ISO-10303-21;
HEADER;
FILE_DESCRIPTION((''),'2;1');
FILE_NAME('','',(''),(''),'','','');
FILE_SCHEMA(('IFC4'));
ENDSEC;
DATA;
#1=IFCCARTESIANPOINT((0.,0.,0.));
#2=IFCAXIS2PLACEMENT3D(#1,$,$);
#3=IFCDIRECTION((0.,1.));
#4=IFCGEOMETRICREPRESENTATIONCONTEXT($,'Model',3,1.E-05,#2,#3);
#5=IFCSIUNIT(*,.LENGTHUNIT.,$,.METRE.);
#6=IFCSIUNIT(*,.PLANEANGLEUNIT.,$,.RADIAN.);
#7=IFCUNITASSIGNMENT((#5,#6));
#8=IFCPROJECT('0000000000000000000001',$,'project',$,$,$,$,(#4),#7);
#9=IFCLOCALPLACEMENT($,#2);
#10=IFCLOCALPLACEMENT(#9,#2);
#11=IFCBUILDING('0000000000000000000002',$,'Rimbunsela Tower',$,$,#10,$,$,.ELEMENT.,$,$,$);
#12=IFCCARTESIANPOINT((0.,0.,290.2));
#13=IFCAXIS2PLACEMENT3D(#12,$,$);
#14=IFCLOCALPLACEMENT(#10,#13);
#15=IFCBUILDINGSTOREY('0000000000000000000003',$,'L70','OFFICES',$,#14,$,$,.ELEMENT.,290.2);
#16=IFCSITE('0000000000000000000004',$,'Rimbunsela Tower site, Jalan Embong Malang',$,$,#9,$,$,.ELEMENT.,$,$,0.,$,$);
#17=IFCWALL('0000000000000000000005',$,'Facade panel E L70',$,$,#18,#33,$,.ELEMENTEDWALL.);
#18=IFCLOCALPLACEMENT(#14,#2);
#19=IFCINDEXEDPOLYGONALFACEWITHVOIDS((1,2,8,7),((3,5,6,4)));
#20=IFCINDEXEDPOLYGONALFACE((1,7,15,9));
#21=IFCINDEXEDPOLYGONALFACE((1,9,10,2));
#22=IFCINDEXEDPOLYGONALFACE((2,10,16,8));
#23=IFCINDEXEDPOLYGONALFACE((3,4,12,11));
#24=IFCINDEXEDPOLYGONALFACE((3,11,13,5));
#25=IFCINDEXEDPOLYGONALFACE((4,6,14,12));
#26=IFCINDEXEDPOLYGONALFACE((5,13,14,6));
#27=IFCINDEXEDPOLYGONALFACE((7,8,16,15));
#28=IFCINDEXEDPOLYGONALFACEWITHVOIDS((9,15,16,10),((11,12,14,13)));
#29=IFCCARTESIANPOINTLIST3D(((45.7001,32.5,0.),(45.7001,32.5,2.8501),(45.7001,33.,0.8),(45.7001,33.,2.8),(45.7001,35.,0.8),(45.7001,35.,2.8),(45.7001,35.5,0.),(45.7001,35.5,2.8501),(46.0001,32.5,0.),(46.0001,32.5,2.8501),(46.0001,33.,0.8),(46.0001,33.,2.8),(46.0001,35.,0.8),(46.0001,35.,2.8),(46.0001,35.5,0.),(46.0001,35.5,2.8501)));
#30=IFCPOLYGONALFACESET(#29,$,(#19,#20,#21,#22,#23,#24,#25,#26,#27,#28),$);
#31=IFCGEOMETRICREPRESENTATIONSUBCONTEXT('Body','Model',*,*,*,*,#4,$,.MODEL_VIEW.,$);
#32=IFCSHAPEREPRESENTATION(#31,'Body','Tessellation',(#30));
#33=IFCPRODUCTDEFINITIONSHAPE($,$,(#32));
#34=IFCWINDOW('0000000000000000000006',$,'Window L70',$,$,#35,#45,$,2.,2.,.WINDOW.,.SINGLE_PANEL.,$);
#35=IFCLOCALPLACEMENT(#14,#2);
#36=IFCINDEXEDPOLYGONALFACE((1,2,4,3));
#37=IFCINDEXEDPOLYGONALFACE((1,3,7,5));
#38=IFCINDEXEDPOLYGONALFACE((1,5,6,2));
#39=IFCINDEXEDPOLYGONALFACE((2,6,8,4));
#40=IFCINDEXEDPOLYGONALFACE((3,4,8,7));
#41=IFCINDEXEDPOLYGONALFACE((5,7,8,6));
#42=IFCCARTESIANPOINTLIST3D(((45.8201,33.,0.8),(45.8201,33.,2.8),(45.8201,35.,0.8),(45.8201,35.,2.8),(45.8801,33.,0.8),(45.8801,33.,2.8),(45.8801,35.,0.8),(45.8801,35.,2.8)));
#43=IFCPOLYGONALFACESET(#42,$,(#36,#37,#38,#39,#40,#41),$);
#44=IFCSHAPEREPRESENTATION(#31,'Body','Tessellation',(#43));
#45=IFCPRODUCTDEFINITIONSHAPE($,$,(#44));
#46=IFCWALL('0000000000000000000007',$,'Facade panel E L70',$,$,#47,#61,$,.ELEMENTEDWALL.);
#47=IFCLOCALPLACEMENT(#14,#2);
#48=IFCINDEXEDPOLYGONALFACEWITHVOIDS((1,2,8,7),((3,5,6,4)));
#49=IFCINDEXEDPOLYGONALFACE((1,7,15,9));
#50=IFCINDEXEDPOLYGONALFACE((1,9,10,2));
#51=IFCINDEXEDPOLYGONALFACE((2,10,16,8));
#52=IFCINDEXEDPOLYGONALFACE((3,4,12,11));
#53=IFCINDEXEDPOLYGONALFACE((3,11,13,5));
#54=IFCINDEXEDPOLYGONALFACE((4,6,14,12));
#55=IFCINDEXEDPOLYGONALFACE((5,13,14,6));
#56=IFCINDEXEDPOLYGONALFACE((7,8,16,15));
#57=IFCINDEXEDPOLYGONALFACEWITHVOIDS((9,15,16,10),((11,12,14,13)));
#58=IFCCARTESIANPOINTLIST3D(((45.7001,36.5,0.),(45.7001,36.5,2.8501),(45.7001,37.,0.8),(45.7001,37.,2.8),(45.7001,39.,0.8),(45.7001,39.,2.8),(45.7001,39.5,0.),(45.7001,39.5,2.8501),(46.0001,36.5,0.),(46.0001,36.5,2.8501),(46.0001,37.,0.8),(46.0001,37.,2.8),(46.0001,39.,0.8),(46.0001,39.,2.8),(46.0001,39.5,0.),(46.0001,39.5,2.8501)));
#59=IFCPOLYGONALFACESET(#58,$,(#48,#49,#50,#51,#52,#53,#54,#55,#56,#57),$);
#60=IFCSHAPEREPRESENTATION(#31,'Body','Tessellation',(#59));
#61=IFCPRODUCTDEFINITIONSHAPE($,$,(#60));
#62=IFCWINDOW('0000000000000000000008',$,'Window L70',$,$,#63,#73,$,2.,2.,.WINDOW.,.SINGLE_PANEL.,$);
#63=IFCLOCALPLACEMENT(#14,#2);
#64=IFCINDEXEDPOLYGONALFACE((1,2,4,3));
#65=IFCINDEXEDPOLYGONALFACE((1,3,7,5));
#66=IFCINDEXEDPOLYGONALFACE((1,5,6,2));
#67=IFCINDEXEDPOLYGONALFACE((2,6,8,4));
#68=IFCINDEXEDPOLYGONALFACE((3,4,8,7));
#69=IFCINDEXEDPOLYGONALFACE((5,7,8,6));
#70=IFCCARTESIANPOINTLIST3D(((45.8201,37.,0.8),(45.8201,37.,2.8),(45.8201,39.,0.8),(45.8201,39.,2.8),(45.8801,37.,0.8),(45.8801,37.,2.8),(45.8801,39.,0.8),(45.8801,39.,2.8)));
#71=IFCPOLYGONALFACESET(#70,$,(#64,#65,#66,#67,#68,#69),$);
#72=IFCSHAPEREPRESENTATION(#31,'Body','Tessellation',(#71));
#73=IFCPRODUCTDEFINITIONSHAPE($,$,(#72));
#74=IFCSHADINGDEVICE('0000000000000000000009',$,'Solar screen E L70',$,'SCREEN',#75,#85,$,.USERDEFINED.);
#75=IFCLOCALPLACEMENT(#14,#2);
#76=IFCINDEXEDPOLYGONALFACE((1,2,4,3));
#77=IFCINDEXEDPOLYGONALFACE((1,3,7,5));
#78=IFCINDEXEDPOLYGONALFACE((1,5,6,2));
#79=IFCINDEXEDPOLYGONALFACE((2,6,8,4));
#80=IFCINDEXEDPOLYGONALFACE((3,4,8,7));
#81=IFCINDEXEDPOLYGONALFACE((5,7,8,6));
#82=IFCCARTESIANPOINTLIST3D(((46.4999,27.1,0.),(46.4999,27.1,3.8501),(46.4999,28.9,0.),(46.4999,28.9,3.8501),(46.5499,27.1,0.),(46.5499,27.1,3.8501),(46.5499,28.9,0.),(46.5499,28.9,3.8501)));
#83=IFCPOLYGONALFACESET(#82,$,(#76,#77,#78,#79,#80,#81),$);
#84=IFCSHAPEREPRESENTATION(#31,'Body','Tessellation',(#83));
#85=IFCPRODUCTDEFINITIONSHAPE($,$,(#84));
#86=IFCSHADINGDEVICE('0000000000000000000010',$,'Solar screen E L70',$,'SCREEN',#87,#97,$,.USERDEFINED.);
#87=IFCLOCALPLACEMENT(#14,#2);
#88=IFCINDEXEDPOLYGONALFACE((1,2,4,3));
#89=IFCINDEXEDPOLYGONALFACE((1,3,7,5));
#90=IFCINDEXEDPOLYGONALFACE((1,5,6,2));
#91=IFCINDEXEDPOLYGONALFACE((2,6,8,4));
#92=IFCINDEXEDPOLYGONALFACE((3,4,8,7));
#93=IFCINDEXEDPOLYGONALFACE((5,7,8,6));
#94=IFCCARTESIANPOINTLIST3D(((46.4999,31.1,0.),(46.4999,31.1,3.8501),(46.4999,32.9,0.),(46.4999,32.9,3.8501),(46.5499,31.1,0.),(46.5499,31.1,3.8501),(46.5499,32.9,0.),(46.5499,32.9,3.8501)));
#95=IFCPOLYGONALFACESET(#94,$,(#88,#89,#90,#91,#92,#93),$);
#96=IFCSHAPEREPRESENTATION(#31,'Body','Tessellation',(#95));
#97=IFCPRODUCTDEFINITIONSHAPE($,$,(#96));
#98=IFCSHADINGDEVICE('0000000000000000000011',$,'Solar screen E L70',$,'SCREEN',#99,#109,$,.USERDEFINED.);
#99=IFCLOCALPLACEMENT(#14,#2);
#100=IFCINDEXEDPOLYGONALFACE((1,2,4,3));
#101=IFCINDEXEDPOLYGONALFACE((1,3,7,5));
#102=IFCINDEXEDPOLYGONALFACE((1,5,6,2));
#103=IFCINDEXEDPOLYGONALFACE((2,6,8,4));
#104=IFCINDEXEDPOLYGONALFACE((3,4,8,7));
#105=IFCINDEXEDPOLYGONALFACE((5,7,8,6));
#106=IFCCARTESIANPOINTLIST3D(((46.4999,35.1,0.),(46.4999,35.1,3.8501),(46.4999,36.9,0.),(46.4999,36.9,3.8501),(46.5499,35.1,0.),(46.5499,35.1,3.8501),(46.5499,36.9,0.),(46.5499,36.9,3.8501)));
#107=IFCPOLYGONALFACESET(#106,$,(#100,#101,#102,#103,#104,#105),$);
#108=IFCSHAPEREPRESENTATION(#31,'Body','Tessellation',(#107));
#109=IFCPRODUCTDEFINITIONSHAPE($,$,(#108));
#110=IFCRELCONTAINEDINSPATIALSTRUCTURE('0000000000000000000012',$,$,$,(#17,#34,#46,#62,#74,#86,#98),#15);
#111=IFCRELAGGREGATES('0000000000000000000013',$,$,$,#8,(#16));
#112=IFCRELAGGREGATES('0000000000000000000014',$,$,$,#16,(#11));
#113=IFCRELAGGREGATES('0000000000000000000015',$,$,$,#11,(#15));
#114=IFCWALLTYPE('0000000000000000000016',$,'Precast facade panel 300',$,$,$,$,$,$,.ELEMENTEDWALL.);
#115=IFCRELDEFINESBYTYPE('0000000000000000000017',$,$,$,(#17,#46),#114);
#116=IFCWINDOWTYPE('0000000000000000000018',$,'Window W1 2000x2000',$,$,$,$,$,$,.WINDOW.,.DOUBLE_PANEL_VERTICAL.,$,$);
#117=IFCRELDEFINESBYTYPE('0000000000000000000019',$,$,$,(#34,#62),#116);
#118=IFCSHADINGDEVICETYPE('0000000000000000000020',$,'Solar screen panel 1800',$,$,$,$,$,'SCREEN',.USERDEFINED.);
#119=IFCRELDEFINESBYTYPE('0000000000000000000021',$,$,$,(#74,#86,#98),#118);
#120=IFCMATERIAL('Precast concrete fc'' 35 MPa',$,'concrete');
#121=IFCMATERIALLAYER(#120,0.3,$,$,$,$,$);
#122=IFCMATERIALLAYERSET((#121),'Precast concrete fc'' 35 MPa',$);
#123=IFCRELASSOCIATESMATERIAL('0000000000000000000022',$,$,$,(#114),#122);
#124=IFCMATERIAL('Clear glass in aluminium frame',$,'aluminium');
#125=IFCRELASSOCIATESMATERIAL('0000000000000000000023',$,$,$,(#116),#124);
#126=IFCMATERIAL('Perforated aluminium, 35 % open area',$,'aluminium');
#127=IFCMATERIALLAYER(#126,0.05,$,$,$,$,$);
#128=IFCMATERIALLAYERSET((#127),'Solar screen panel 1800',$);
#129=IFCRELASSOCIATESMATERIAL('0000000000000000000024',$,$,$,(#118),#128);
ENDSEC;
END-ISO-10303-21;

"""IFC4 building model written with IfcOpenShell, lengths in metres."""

from ifc_helpers import new_model, si_unit, direction, frame, frame_2d, origin, origin_2d, place, context, subcontext, project, spatial, rectangle, extrude, material, layer, layer_set, type_object, element, fill, save


model = new_model("IFC4")

# Units and contexts
model_context = context("Model", 3, precision=1e-05, world=origin(), true_north=direction((0.0, 1.0)))
body_context = subcontext(model_context, "Body", "Model", "MODEL_VIEW")
ifc_project = project(units=[si_unit("LENGTHUNIT", "METRE"), si_unit("PLANEANGLEUNIT", "RADIAN")], contexts=[model_context])

# Site, building, storey
site_placement = place(None, origin())
site = spatial("IfcSite", under=ifc_project, at=site_placement, Name="Rimbunsela Tower site, Jalan Embong Malang", CompositionType="ELEMENT", RefElevation=0.0)
building_placement = place(site_placement, origin())
building = spatial("IfcBuilding", under=site, at=building_placement, Name="Rimbunsela Tower", CompositionType="ELEMENT")
storey_placement = place(building_placement, frame((0.0, 0.0, 290.2)))
storey = spatial("IfcBuildingStorey", under=building, at=storey_placement, Name="L70", Description="OFFICES", CompositionType="ELEMENT", Elevation=290.2)

# Walls, openings, windows
ifc_material_1 = material(Name="Precast concrete fc' 35 MPa", Category="concrete")
ifc_layer_1 = layer(ifc_material_1, 0.3)
ifc_layer_set_1 = layer_set([ifc_layer_1], Name="Precast concrete fc' 35 MPa")
wall_type_1 = type_object("IfcWallType", Name="Precast facade panel 300", PredefinedType="ELEMENTEDWALL", material=ifc_layer_set_1)
ifc_material_2 = material(Name="Clear glass in aluminium frame", Category="aluminium")
window_type = type_object("IfcWindowType", Name="Window W1 2000x2000", PartitioningType="DOUBLE_PANEL_VERTICAL", PredefinedType="WINDOW", material=ifc_material_2)
wall_1_placement = place(storey_placement, frame((45.8501, 32.5, 0.0), z_axis=(0.0, 0.0, 1.0), x_axis=(0.0, 1.0, 0.0)))
wall_1 = element("IfcWall", 1, at=wall_1_placement, inside=storey, type_object=wall_type_1, Name="Facade panel E L70", PredefinedType="ELEMENTEDWALL", context=body_context, shape_type="SweptSolid", body=[
    extrude(rectangle(XDim=3.0, YDim=0.3, at=frame_2d((1.5, 0.0))), origin(), (0.0, 0.0, 1.0), 2.8501),
])
opening_1_placement = place(wall_1_placement, frame((0.5, 0.0, 0.8)))
opening_1 = element("IfcOpeningElement", 2, at=opening_1_placement, cuts=wall_1, PredefinedType="OPENING", context=body_context, shape_type="SweptSolid", body=[
    extrude(rectangle(XDim=2.0, YDim=2.0, at=frame_2d((1.0, 1.0))), frame((0.0, 0.1599, 0.0), z_axis=(0.0, -1.0, 0.0), x_axis=(1.0, 0.0, 0.0)), (0.0, 0.0, 1.0), 0.3201),
])
window_1_placement = place(opening_1_placement, origin())
window_1 = element("IfcWindow", 3, at=window_1_placement, inside=storey, type_object=window_type, Name="Window L70", OverallHeight=2.0, OverallWidth=2.0, PartitioningType="SINGLE_PANEL", PredefinedType="WINDOW", context=body_context, shape_type="SweptSolid", body=[
    extrude(rectangle(XDim=2.0, YDim=2.0, at=frame_2d((1.0, 1.0))), frame((0.0, 0.03, 0.0), z_axis=(0.0, -1.0, 0.0), x_axis=(1.0, 0.0, 0.0)), (0.0, 0.0, 1.0), 0.0601),
])
fill(opening_1, window_1)
wall_2_placement = place(storey_placement, frame((45.8501, 36.5, 0.0), z_axis=(0.0, 0.0, 1.0), x_axis=(0.0, 1.0, 0.0)))
wall_2 = element("IfcWall", 4, at=wall_2_placement, inside=storey, type_object=wall_type_1, Name="Facade panel E L70", PredefinedType="ELEMENTEDWALL", context=body_context, shape_type="SweptSolid", body=[
    extrude(rectangle(XDim=3.0, YDim=0.3, at=frame_2d((1.5, 0.0))), origin(), (0.0, 0.0, 1.0), 2.8501),
])
opening_2_placement = place(wall_2_placement, frame((0.5, 0.0, 0.8)))
opening_2 = element("IfcOpeningElement", 5, at=opening_2_placement, cuts=wall_2, PredefinedType="OPENING", context=body_context, shape_type="SweptSolid", body=[
    extrude(rectangle(XDim=2.0, YDim=2.0, at=frame_2d((1.0, 1.0))), frame((0.0, 0.1599, 0.0), z_axis=(0.0, -1.0, 0.0), x_axis=(1.0, 0.0, 0.0)), (0.0, 0.0, 1.0), 0.3201),
])
window_2_placement = place(opening_2_placement, origin())
window_2 = element("IfcWindow", 6, at=window_2_placement, inside=storey, type_object=window_type, Name="Window L70", OverallHeight=2.0, OverallWidth=2.0, PartitioningType="SINGLE_PANEL", PredefinedType="WINDOW", context=body_context, shape_type="SweptSolid", body=[
    extrude(rectangle(XDim=2.0, YDim=2.0, at=frame_2d((1.0, 1.0))), frame((0.0, 0.03, 0.0), z_axis=(0.0, -1.0, 0.0), x_axis=(1.0, 0.0, 0.0)), (0.0, 0.0, 1.0), 0.0601),
])
fill(opening_2, window_2)

# Shading devices
ifc_material_3 = material(Name="Perforated aluminium, 35 % open area", Category="aluminium")
ifc_layer_2 = layer(ifc_material_3, 0.05)
ifc_layer_set_2 = layer_set([ifc_layer_2], Name="Solar screen panel 1800")
shading_device_type = type_object("IfcShadingDeviceType", Name="Solar screen panel 1800", ElementType="SCREEN", PredefinedType="USERDEFINED", material=ifc_layer_set_2)
for number, where, z_axis, x_axis, name in (
    (7, (46.5249, 28.0, 0.0), (0.0, 0.0, 1.0), (0.0, 1.0, 0.0), "Solar screen E L70"),
    (8, (46.5249, 32.0, 0.0), (0.0, 0.0, 1.0), (0.0, 1.0, 0.0), "Solar screen E L70"),
    (9, (46.5249, 36.0, 0.0), (0.0, 0.0, 1.0), (0.0, 1.0, 0.0), "Solar screen E L70"),
):
    element("IfcShadingDevice", number, at=place(storey_placement, frame(where, z_axis=z_axis, x_axis=x_axis)), inside=storey, type_object=shading_device_type, Name=name, ObjectType="SCREEN", PredefinedType="USERDEFINED", context=body_context, shape_type="SweptSolid", body=[
        extrude(rectangle(XDim=1.8, YDim=0.05, at=origin_2d()), origin(), (0.0, 0.0, 1.0), 3.8501),
    ])

save(model, "model.ifc")
